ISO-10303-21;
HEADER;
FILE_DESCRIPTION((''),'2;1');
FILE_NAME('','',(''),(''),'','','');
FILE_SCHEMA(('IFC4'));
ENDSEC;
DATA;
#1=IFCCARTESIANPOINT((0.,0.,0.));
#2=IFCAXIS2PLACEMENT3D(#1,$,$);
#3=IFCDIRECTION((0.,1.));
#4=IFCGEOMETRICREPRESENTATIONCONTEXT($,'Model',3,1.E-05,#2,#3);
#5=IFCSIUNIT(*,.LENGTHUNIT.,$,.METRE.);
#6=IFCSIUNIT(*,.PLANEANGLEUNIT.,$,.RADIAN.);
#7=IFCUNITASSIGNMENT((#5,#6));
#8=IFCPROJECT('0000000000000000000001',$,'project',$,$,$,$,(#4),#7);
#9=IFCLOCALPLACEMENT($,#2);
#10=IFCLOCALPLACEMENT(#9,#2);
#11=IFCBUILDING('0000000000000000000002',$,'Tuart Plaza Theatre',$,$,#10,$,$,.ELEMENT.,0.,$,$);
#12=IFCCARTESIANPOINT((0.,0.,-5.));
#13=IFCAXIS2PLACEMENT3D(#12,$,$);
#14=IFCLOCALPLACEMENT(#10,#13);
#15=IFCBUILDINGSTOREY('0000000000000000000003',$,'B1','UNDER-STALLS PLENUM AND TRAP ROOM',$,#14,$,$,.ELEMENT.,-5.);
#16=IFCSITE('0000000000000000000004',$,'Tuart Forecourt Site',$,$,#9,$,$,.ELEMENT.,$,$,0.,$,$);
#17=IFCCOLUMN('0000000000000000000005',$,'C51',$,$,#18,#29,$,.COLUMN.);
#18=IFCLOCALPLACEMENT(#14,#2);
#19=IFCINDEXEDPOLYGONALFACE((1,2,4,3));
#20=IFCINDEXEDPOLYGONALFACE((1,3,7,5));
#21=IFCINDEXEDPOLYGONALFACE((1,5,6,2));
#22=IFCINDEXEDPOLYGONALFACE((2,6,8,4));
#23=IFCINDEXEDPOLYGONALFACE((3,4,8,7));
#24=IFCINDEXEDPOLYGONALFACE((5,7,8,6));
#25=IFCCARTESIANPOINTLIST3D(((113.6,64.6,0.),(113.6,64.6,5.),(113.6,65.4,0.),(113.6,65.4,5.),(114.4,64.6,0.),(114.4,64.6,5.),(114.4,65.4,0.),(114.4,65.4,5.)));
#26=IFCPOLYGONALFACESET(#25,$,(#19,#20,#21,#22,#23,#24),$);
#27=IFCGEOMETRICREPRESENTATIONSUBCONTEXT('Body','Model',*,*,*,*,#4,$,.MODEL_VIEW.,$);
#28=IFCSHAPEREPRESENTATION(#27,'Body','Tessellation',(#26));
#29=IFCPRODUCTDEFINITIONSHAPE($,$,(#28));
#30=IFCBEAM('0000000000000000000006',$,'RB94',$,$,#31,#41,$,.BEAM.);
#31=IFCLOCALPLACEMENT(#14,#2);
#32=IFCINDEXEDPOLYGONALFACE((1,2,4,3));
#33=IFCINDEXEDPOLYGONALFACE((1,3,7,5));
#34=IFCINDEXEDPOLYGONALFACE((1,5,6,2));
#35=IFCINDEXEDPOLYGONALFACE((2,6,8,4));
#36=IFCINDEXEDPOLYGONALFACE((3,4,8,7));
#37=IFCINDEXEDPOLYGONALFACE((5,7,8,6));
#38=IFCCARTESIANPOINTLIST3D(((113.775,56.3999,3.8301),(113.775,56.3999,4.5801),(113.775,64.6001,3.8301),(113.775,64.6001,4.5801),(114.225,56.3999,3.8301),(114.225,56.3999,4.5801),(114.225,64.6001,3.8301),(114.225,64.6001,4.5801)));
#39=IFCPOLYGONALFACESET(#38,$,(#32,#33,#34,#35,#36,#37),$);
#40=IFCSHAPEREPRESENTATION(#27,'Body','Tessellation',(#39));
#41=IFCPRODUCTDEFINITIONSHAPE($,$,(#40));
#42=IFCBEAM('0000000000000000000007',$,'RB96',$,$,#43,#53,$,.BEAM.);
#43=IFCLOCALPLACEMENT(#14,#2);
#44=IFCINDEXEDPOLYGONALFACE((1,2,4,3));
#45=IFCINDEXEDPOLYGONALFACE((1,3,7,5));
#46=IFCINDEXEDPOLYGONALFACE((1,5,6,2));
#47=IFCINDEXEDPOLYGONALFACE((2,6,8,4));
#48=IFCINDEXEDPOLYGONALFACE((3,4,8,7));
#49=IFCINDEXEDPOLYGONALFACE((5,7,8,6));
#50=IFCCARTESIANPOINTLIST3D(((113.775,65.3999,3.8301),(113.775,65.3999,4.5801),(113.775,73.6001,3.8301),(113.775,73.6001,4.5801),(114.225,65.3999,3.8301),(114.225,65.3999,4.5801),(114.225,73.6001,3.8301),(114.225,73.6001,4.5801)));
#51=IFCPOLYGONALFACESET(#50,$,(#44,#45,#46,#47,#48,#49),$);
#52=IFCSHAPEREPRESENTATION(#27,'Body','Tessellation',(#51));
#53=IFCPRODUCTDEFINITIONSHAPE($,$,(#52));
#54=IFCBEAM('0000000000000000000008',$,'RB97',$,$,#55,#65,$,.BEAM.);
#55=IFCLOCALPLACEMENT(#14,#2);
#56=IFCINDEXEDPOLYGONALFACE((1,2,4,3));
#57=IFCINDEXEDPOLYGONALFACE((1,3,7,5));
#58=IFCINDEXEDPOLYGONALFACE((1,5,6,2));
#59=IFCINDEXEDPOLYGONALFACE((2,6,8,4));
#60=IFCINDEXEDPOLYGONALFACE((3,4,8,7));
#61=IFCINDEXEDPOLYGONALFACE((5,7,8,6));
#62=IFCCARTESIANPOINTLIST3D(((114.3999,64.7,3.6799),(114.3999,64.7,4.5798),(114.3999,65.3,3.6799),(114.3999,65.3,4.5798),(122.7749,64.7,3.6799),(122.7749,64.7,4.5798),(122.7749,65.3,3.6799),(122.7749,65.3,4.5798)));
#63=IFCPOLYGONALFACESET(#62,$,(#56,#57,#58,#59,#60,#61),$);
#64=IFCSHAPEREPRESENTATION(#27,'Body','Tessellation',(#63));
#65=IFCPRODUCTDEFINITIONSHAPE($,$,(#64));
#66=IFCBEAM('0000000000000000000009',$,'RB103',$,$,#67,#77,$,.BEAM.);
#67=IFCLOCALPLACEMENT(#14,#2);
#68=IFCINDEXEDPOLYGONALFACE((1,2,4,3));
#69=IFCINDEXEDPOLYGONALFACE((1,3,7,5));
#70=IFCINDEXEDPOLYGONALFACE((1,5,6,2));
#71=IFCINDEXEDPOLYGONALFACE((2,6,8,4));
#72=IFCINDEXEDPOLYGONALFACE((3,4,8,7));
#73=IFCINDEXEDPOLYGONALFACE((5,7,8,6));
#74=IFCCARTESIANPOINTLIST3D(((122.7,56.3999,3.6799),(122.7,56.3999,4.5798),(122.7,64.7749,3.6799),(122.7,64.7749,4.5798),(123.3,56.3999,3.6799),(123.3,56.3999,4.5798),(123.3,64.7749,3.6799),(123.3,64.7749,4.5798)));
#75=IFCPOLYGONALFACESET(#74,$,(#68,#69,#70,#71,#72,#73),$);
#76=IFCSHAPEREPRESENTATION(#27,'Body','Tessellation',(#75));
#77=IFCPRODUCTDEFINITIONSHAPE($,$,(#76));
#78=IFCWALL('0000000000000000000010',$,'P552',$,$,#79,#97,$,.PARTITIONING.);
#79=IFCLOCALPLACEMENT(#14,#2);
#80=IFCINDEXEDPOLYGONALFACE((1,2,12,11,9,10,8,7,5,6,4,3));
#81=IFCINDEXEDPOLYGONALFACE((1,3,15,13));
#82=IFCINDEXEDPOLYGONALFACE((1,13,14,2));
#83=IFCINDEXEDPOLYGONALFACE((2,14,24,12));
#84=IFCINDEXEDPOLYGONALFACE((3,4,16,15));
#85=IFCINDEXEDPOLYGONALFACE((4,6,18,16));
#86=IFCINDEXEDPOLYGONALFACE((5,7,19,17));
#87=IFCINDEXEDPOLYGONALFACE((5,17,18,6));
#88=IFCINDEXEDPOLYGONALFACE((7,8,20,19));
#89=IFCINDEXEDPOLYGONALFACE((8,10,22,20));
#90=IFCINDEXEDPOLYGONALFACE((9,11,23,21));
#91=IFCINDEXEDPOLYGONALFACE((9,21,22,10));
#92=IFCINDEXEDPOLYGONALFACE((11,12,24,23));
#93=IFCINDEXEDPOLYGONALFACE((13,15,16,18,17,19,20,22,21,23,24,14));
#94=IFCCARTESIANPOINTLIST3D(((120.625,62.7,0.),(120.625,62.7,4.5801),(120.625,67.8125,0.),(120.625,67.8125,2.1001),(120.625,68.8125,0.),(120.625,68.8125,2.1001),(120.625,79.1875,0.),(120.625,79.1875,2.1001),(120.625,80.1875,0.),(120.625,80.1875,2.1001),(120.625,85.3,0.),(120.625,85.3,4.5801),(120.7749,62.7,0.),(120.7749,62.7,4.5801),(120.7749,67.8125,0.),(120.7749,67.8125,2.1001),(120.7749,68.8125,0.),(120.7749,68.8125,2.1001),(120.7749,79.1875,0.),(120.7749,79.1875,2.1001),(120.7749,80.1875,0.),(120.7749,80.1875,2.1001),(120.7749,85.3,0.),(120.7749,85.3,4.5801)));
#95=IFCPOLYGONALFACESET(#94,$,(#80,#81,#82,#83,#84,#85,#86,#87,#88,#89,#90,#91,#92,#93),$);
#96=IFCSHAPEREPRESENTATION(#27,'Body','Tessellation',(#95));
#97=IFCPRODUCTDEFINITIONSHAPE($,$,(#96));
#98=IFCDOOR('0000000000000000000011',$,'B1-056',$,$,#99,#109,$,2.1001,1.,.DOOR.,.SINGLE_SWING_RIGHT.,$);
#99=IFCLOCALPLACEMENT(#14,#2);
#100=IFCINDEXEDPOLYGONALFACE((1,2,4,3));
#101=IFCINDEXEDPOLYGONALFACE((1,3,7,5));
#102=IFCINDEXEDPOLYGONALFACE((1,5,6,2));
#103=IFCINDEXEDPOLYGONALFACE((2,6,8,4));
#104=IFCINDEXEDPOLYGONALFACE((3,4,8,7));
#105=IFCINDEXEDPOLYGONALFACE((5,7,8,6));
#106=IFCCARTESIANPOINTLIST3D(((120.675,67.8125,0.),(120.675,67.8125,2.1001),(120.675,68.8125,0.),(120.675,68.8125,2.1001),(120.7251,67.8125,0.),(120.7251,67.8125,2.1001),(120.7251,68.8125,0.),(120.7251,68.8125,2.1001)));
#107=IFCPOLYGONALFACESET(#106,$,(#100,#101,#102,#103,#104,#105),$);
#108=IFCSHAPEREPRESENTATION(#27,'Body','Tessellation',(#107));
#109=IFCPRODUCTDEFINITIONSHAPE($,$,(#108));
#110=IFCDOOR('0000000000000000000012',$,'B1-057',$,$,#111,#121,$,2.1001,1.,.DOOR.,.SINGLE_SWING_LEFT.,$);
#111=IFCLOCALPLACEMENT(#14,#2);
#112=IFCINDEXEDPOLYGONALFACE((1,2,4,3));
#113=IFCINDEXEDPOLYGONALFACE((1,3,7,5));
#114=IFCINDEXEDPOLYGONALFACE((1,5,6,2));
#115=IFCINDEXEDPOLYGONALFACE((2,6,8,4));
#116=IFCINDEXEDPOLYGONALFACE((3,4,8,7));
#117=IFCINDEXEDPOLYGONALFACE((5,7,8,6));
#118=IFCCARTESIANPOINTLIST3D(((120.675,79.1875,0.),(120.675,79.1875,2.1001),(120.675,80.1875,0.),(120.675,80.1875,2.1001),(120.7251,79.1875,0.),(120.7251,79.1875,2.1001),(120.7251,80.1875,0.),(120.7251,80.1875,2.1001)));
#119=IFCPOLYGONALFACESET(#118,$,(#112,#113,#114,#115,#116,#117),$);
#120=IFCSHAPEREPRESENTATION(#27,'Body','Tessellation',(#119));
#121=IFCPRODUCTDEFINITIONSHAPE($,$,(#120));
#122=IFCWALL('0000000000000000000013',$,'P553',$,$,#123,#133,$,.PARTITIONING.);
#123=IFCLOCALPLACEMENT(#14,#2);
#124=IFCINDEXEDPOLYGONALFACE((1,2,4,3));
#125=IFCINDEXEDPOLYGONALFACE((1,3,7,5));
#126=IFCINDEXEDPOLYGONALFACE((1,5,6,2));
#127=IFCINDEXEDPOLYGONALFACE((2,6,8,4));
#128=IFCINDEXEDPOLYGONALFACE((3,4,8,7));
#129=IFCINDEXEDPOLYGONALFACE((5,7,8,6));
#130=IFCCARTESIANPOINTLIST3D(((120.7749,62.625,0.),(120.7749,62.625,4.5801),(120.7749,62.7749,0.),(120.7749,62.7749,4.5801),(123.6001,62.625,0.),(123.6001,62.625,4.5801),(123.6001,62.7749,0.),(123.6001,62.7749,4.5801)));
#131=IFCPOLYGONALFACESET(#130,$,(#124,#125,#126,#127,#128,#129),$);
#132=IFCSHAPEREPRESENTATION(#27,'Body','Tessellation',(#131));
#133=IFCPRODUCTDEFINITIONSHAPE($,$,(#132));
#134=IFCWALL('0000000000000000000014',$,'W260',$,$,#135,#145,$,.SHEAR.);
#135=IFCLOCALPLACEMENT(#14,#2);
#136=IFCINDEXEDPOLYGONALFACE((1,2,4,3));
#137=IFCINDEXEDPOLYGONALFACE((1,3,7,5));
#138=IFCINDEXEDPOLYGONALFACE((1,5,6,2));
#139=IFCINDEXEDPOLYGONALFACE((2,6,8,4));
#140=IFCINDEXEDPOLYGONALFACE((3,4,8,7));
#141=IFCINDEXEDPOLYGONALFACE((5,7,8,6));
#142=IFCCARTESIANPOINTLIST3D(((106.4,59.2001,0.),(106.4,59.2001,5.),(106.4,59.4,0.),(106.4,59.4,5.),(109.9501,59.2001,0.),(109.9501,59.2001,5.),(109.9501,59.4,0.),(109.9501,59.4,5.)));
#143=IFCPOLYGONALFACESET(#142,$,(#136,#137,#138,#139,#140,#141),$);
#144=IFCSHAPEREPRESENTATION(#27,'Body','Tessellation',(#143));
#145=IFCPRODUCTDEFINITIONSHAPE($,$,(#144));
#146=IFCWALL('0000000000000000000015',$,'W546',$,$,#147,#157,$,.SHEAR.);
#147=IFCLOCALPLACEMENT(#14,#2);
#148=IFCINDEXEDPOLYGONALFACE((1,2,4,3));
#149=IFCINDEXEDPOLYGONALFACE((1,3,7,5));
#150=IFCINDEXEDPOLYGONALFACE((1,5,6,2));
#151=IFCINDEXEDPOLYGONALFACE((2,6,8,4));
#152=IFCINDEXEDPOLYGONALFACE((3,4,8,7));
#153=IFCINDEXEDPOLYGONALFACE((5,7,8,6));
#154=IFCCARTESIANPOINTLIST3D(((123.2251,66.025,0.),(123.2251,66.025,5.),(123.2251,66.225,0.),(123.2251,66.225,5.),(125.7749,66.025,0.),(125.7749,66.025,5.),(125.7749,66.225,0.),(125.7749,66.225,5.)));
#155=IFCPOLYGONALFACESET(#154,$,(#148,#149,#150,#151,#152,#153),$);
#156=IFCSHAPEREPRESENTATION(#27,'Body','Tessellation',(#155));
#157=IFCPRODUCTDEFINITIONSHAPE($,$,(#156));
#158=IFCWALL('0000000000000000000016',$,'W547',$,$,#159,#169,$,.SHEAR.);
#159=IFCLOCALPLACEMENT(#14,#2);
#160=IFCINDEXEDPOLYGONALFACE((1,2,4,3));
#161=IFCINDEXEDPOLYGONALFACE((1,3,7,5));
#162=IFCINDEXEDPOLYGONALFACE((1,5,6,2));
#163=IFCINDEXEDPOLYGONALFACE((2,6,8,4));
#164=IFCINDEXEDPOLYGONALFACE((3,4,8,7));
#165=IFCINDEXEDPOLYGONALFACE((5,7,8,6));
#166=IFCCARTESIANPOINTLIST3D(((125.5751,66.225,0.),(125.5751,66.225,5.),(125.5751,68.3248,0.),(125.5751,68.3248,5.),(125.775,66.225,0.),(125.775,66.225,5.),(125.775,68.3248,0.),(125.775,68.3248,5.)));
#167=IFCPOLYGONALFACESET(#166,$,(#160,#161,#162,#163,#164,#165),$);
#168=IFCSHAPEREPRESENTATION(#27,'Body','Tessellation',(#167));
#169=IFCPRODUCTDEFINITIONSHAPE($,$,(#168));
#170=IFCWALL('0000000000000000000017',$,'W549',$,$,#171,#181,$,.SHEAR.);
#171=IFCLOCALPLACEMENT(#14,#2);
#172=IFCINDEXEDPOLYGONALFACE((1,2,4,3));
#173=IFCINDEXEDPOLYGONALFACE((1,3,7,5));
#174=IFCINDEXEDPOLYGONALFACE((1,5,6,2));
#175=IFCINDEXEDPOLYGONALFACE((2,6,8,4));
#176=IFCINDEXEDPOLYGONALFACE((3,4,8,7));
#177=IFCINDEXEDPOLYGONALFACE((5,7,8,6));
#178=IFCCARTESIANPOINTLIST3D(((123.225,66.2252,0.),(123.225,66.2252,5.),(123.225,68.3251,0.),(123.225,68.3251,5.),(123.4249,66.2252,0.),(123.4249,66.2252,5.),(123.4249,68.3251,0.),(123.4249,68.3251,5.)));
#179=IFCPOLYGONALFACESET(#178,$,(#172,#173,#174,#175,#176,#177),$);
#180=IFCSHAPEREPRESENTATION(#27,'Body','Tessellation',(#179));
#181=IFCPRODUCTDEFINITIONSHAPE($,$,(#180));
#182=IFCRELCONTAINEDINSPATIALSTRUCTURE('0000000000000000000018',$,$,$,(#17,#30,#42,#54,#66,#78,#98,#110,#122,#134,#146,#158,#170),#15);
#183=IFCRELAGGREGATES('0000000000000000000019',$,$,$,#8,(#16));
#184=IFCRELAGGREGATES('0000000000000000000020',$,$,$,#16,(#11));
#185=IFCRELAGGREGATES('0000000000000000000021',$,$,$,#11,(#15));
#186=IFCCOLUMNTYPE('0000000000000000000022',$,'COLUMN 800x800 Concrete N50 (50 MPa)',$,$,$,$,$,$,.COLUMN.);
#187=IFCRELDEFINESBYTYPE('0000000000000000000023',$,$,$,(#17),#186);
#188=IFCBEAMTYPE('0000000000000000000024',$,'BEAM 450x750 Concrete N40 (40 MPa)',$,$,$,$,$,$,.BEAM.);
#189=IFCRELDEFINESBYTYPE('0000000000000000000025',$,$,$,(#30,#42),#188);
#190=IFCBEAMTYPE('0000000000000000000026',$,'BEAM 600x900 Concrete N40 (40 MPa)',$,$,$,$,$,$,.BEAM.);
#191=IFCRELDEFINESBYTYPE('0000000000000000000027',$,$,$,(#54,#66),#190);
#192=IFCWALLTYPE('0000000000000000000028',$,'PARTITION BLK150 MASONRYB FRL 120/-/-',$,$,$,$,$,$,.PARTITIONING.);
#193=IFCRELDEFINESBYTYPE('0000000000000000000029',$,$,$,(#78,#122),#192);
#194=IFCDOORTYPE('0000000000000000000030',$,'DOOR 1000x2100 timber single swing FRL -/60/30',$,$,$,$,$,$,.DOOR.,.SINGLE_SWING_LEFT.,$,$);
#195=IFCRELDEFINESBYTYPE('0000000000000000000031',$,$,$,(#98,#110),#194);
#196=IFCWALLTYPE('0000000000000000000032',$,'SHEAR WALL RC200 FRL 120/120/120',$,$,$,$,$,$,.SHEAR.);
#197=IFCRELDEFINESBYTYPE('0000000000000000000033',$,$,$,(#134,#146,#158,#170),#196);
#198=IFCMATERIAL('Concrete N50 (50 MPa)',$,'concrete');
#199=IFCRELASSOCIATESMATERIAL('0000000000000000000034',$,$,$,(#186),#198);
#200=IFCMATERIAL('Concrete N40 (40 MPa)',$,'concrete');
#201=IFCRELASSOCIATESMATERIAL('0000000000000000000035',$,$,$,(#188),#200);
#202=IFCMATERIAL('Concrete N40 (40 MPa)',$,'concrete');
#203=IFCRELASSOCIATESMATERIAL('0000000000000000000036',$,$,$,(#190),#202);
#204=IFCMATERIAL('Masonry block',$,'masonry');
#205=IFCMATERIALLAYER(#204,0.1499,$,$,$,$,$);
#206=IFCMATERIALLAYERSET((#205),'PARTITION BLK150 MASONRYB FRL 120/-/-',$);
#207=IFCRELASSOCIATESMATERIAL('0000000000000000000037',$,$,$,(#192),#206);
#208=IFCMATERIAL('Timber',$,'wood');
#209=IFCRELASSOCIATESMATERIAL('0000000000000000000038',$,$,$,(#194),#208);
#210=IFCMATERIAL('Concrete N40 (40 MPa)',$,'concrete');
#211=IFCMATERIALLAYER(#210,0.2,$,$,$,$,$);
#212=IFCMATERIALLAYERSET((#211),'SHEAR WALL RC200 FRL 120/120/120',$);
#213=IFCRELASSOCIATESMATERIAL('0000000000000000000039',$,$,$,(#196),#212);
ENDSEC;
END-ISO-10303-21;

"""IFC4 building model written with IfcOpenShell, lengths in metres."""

from ifc_helpers import new_model, si_unit, direction, frame, frame_2d, origin, origin_2d, place, context, subcontext, project, spatial, rectangle, extrude, material, layer, layer_set, material_profile, profile_set, type_object, element, fill, save


model = new_model("IFC4")

# Units and contexts
model_context = context("Model", 3, precision=1e-05, world=origin(), true_north=direction((0.0, 1.0)))
body_context = subcontext(model_context, "Body", "Model", "MODEL_VIEW")
ifc_project = project(units=[si_unit("LENGTHUNIT", "METRE"), si_unit("PLANEANGLEUNIT", "RADIAN")], contexts=[model_context])

# Site, building, storey
site_placement = place(None, origin())
site = spatial("IfcSite", under=ifc_project, at=site_placement, Name="Tuart Forecourt Site", CompositionType="ELEMENT", RefElevation=0.0)
building_placement = place(site_placement, origin())
building = spatial("IfcBuilding", under=site, at=building_placement, Name="Tuart Plaza Theatre", CompositionType="ELEMENT", ElevationOfRefHeight=0.0)
storey_placement = place(building_placement, frame((0.0, 0.0, -5.0)))
storey = spatial("IfcBuildingStorey", under=building, at=storey_placement, Name="B1", Description="UNDER-STALLS PLENUM AND TRAP ROOM", CompositionType="ELEMENT", Elevation=-5.0)

# Column
ifc_material_1 = material(Name="Concrete N50 (50 MPa)", Category="concrete")
ifc_material_profile_1 = material_profile(ifc_material_1, rectangle(XDim=0.8, YDim=0.8, at=origin_2d()), Name="COLUMN 800x800 Concrete N50 (50 MPa)")
ifc_profile_set_1 = profile_set([ifc_material_profile_1], Name="Concrete N50 (50 MPa)")
column_type = type_object("IfcColumnType", Name="COLUMN 800x800 Concrete N50 (50 MPa)", PredefinedType="COLUMN", material=ifc_profile_set_1)
column_placement = place(storey_placement, frame((114.0, 65.0, 0.0), z_axis=(0.0, 0.0, 1.0), x_axis=(1.0, 0.0, 0.0)))
element("IfcColumn", 1, at=column_placement, inside=storey, type_object=column_type, Name="C51", PredefinedType="COLUMN", context=body_context, shape_type="SweptSolid", body=[
    extrude(rectangle(XDim=0.8, YDim=0.8, at=origin_2d()), origin(), (0.0, 0.0, 1.0), 5.0),
])

# Beams
ifc_material_2 = material(Name="Concrete N40 (40 MPa)", Category="concrete")
ifc_material_profile_2 = material_profile(ifc_material_2, rectangle(XDim=0.45, YDim=0.75, at=origin_2d()), Name="BEAM 450x750 Concrete N40 (40 MPa)")
ifc_profile_set_2 = profile_set([ifc_material_profile_2], Name="Concrete N40 (40 MPa)")
beam_type_1 = type_object("IfcBeamType", Name="BEAM 450x750 Concrete N40 (40 MPa)", PredefinedType="BEAM", material=ifc_profile_set_2)
for number, where, z_axis, x_axis, name in (
    (2, (114.0, 56.3999, 4.2051), (0.0, 1.0, 0.0), (-1.0, 0.0, 0.0), "RB94"),
    (3, (114.0, 65.3999, 4.2051), (0.0, 1.0, 0.0), (-1.0, 0.0, 0.0), "RB96"),
):
    element("IfcBeam", number, at=place(storey_placement, frame(where, z_axis=z_axis, x_axis=x_axis)), inside=storey, type_object=beam_type_1, Name=name, PredefinedType="BEAM", context=body_context, shape_type="SweptSolid", body=[
        extrude(rectangle(XDim=0.45, YDim=0.75, at=origin_2d()), origin(), (0.0, 0.0, 1.0), 8.2002),
    ])
ifc_material_3 = material(Name="Concrete N40 (40 MPa)", Category="concrete")
ifc_material_profile_3 = material_profile(ifc_material_3, rectangle(XDim=0.6001, YDim=0.8999, at=origin_2d()), Name="BEAM 600x900 Concrete N40 (40 MPa)")
ifc_profile_set_3 = profile_set([ifc_material_profile_3], Name="Concrete N40 (40 MPa)")
beam_type_2 = type_object("IfcBeamType", Name="BEAM 600x900 Concrete N40 (40 MPa)", PredefinedType="BEAM", material=ifc_profile_set_3)
for number, where, z_axis, x_axis, name in (
    (4, (114.3999, 65.0, 4.1299), (1.0, 0.0, 0.0), (0.0, 1.0, 0.0), "RB97"),
    (5, (123.0, 56.3999, 4.1299), (0.0, 1.0, 0.0), (-1.0, 0.0, 0.0), "RB103"),
):
    element("IfcBeam", number, at=place(storey_placement, frame(where, z_axis=z_axis, x_axis=x_axis)), inside=storey, type_object=beam_type_2, Name=name, PredefinedType="BEAM", context=body_context, shape_type="SweptSolid", body=[
        extrude(rectangle(XDim=0.6001, YDim=0.8999, at=origin_2d()), origin(), (0.0, 0.0, 1.0), 8.375),
    ])

# Wall, openings, doors
ifc_material_4 = material(Name="Masonry block", Category="masonry")
ifc_layer_1 = layer(ifc_material_4, 0.1499)
ifc_layer_set_1 = layer_set([ifc_layer_1], Name="PARTITION BLK150 MASONRYB FRL 120/-/-")
wall_type_1 = type_object("IfcWallType", Name="PARTITION BLK150 MASONRYB FRL 120/-/-", PredefinedType="PARTITIONING", material=ifc_layer_set_1)
wall_1_placement = place(storey_placement, frame((120.7, 62.7, 0.0), z_axis=(0.0, 0.0, 1.0), x_axis=(0.0, 1.0, 0.0)))
wall_1 = element("IfcWall", 6, at=wall_1_placement, inside=storey, type_object=wall_type_1, Name="P552", PredefinedType="PARTITIONING", context=body_context, shape_type="SweptSolid", body=[
    extrude(rectangle(XDim=22.6001, YDim=0.1499, at=frame_2d((11.3, 0.0))), origin(), (0.0, 0.0, 1.0), 4.5801),
])
opening_1_placement = place(wall_1_placement, frame((5.1125, 0.0, 0.0)))
opening_1 = element("IfcOpeningElement", 7, at=opening_1_placement, cuts=wall_1, PredefinedType="OPENING", context=body_context, shape_type="SweptSolid", body=[
    extrude(rectangle(XDim=1.0, YDim=2.1001, at=frame_2d((0.5, 1.05))), frame((0.0, 0.085, 0.0), z_axis=(0.0, -1.0, 0.0), x_axis=(1.0, 0.0, 0.0)), (0.0, 0.0, 1.0), 0.1699),
])
opening_2_placement = place(wall_1_placement, frame((16.4875, 0.0, 0.0)))
opening_2 = element("IfcOpeningElement", 8, at=opening_2_placement, cuts=wall_1, PredefinedType="OPENING", context=body_context, shape_type="SweptSolid", body=[
    extrude(rectangle(XDim=1.0, YDim=2.1001, at=frame_2d((0.5, 1.05))), frame((0.0, 0.085, 0.0), z_axis=(0.0, -1.0, 0.0), x_axis=(1.0, 0.0, 0.0)), (0.0, 0.0, 1.0), 0.1699),
])
ifc_material_5 = material(Name="Timber", Category="wood")
door_type = type_object("IfcDoorType", Name="DOOR 1000x2100 timber single swing FRL -/60/30", OperationType="SINGLE_SWING_LEFT", PredefinedType="DOOR", material=ifc_material_5)
door_1_placement = place(opening_1_placement, origin())
door_1 = element("IfcDoor", 9, at=door_1_placement, inside=storey, type_object=door_type, Name="B1-056", OperationType="SINGLE_SWING_RIGHT", OverallHeight=2.1001, OverallWidth=1.0, PredefinedType="DOOR", context=body_context, shape_type="SweptSolid", body=[
    extrude(rectangle(XDim=1.0, YDim=2.1001, at=frame_2d((0.5, 1.05))), frame((0.0, 0.0249, 0.0), z_axis=(0.0, -1.0, 0.0), x_axis=(1.0, 0.0, 0.0)), (0.0, 0.0, 1.0), 0.05),
])
fill(opening_1, door_1)
door_2_placement = place(opening_2_placement, origin())
door_2 = element("IfcDoor", 10, at=door_2_placement, inside=storey, type_object=door_type, Name="B1-057", OperationType="SINGLE_SWING_LEFT", OverallHeight=2.1001, OverallWidth=1.0, PredefinedType="DOOR", context=body_context, shape_type="SweptSolid", body=[
    extrude(rectangle(XDim=1.0, YDim=2.1001, at=frame_2d((0.5, 1.05))), frame((0.0, 0.0249, 0.0), z_axis=(0.0, -1.0, 0.0), x_axis=(1.0, 0.0, 0.0)), (0.0, 0.0, 1.0), 0.05),
])
fill(opening_2, door_2)

# Walls
wall_2_placement = place(storey_placement, frame((123.6001, 62.7, 0.0), z_axis=(0.0, 0.0, 1.0), x_axis=(-1.0, 0.0, 0.0)))
element("IfcWall", 11, at=wall_2_placement, inside=storey, type_object=wall_type_1, Name="P553", PredefinedType="PARTITIONING", context=body_context, shape_type="SweptSolid", body=[
    extrude(rectangle(XDim=2.8252, YDim=0.1499, at=frame_2d((1.4126, 0.0))), origin(), (0.0, 0.0, 1.0), 4.5801),
])
ifc_material_6 = material(Name="Concrete N40 (40 MPa)", Category="concrete")
ifc_layer_2 = layer(ifc_material_6, 0.2)
ifc_layer_set_2 = layer_set([ifc_layer_2], Name="SHEAR WALL RC200 FRL 120/120/120")
wall_type_2 = type_object("IfcWallType", Name="SHEAR WALL RC200 FRL 120/120/120", PredefinedType="SHEAR", material=ifc_layer_set_2)
wall_3_placement = place(storey_placement, frame((109.95, 59.3, 0.0), z_axis=(0.0, 0.0, 1.0), x_axis=(-1.0, 0.0, 0.0)))
element("IfcWall", 12, at=wall_3_placement, inside=storey, type_object=wall_type_2, Name="W260", PredefinedType="SHEAR", context=body_context, shape_type="SweptSolid", body=[
    extrude(rectangle(XDim=3.55, YDim=0.2, at=frame_2d((1.7749, 0.0))), origin(), (0.0, 0.0, 1.0), 5.0),
])
wall_4_placement = place(storey_placement, frame((123.2251, 66.125, 0.0), z_axis=(0.0, 0.0, 1.0), x_axis=(1.0, 0.0, 0.0)))
element("IfcWall", 13, at=wall_4_placement, inside=storey, type_object=wall_type_2, Name="W546", PredefinedType="SHEAR", context=body_context, shape_type="SweptSolid", body=[
    extrude(rectangle(XDim=2.5498, YDim=0.2, at=frame_2d((1.2749, 0.0))), origin(), (0.0, 0.0, 1.0), 5.0),
])
for number, where, z_axis, x_axis, name in (
    (14, (125.675, 66.2251, 0.0), (0.0, 0.0, 1.0), (0.0, 1.0, 0.0), "W547"),
    (15, (123.325, 68.325, 0.0), (0.0, 0.0, 1.0), (0.0, -1.0, 0.0), "W549"),
):
    element("IfcWall", number, at=place(storey_placement, frame(where, z_axis=z_axis, x_axis=x_axis)), inside=storey, type_object=wall_type_2, Name=name, PredefinedType="SHEAR", context=body_context, shape_type="SweptSolid", body=[
        extrude(rectangle(XDim=2.0999, YDim=0.2, at=frame_2d((1.0498, 0.0))), origin(), (0.0, 0.0, 1.0), 5.0),
    ])

save(model, "model.ifc")
